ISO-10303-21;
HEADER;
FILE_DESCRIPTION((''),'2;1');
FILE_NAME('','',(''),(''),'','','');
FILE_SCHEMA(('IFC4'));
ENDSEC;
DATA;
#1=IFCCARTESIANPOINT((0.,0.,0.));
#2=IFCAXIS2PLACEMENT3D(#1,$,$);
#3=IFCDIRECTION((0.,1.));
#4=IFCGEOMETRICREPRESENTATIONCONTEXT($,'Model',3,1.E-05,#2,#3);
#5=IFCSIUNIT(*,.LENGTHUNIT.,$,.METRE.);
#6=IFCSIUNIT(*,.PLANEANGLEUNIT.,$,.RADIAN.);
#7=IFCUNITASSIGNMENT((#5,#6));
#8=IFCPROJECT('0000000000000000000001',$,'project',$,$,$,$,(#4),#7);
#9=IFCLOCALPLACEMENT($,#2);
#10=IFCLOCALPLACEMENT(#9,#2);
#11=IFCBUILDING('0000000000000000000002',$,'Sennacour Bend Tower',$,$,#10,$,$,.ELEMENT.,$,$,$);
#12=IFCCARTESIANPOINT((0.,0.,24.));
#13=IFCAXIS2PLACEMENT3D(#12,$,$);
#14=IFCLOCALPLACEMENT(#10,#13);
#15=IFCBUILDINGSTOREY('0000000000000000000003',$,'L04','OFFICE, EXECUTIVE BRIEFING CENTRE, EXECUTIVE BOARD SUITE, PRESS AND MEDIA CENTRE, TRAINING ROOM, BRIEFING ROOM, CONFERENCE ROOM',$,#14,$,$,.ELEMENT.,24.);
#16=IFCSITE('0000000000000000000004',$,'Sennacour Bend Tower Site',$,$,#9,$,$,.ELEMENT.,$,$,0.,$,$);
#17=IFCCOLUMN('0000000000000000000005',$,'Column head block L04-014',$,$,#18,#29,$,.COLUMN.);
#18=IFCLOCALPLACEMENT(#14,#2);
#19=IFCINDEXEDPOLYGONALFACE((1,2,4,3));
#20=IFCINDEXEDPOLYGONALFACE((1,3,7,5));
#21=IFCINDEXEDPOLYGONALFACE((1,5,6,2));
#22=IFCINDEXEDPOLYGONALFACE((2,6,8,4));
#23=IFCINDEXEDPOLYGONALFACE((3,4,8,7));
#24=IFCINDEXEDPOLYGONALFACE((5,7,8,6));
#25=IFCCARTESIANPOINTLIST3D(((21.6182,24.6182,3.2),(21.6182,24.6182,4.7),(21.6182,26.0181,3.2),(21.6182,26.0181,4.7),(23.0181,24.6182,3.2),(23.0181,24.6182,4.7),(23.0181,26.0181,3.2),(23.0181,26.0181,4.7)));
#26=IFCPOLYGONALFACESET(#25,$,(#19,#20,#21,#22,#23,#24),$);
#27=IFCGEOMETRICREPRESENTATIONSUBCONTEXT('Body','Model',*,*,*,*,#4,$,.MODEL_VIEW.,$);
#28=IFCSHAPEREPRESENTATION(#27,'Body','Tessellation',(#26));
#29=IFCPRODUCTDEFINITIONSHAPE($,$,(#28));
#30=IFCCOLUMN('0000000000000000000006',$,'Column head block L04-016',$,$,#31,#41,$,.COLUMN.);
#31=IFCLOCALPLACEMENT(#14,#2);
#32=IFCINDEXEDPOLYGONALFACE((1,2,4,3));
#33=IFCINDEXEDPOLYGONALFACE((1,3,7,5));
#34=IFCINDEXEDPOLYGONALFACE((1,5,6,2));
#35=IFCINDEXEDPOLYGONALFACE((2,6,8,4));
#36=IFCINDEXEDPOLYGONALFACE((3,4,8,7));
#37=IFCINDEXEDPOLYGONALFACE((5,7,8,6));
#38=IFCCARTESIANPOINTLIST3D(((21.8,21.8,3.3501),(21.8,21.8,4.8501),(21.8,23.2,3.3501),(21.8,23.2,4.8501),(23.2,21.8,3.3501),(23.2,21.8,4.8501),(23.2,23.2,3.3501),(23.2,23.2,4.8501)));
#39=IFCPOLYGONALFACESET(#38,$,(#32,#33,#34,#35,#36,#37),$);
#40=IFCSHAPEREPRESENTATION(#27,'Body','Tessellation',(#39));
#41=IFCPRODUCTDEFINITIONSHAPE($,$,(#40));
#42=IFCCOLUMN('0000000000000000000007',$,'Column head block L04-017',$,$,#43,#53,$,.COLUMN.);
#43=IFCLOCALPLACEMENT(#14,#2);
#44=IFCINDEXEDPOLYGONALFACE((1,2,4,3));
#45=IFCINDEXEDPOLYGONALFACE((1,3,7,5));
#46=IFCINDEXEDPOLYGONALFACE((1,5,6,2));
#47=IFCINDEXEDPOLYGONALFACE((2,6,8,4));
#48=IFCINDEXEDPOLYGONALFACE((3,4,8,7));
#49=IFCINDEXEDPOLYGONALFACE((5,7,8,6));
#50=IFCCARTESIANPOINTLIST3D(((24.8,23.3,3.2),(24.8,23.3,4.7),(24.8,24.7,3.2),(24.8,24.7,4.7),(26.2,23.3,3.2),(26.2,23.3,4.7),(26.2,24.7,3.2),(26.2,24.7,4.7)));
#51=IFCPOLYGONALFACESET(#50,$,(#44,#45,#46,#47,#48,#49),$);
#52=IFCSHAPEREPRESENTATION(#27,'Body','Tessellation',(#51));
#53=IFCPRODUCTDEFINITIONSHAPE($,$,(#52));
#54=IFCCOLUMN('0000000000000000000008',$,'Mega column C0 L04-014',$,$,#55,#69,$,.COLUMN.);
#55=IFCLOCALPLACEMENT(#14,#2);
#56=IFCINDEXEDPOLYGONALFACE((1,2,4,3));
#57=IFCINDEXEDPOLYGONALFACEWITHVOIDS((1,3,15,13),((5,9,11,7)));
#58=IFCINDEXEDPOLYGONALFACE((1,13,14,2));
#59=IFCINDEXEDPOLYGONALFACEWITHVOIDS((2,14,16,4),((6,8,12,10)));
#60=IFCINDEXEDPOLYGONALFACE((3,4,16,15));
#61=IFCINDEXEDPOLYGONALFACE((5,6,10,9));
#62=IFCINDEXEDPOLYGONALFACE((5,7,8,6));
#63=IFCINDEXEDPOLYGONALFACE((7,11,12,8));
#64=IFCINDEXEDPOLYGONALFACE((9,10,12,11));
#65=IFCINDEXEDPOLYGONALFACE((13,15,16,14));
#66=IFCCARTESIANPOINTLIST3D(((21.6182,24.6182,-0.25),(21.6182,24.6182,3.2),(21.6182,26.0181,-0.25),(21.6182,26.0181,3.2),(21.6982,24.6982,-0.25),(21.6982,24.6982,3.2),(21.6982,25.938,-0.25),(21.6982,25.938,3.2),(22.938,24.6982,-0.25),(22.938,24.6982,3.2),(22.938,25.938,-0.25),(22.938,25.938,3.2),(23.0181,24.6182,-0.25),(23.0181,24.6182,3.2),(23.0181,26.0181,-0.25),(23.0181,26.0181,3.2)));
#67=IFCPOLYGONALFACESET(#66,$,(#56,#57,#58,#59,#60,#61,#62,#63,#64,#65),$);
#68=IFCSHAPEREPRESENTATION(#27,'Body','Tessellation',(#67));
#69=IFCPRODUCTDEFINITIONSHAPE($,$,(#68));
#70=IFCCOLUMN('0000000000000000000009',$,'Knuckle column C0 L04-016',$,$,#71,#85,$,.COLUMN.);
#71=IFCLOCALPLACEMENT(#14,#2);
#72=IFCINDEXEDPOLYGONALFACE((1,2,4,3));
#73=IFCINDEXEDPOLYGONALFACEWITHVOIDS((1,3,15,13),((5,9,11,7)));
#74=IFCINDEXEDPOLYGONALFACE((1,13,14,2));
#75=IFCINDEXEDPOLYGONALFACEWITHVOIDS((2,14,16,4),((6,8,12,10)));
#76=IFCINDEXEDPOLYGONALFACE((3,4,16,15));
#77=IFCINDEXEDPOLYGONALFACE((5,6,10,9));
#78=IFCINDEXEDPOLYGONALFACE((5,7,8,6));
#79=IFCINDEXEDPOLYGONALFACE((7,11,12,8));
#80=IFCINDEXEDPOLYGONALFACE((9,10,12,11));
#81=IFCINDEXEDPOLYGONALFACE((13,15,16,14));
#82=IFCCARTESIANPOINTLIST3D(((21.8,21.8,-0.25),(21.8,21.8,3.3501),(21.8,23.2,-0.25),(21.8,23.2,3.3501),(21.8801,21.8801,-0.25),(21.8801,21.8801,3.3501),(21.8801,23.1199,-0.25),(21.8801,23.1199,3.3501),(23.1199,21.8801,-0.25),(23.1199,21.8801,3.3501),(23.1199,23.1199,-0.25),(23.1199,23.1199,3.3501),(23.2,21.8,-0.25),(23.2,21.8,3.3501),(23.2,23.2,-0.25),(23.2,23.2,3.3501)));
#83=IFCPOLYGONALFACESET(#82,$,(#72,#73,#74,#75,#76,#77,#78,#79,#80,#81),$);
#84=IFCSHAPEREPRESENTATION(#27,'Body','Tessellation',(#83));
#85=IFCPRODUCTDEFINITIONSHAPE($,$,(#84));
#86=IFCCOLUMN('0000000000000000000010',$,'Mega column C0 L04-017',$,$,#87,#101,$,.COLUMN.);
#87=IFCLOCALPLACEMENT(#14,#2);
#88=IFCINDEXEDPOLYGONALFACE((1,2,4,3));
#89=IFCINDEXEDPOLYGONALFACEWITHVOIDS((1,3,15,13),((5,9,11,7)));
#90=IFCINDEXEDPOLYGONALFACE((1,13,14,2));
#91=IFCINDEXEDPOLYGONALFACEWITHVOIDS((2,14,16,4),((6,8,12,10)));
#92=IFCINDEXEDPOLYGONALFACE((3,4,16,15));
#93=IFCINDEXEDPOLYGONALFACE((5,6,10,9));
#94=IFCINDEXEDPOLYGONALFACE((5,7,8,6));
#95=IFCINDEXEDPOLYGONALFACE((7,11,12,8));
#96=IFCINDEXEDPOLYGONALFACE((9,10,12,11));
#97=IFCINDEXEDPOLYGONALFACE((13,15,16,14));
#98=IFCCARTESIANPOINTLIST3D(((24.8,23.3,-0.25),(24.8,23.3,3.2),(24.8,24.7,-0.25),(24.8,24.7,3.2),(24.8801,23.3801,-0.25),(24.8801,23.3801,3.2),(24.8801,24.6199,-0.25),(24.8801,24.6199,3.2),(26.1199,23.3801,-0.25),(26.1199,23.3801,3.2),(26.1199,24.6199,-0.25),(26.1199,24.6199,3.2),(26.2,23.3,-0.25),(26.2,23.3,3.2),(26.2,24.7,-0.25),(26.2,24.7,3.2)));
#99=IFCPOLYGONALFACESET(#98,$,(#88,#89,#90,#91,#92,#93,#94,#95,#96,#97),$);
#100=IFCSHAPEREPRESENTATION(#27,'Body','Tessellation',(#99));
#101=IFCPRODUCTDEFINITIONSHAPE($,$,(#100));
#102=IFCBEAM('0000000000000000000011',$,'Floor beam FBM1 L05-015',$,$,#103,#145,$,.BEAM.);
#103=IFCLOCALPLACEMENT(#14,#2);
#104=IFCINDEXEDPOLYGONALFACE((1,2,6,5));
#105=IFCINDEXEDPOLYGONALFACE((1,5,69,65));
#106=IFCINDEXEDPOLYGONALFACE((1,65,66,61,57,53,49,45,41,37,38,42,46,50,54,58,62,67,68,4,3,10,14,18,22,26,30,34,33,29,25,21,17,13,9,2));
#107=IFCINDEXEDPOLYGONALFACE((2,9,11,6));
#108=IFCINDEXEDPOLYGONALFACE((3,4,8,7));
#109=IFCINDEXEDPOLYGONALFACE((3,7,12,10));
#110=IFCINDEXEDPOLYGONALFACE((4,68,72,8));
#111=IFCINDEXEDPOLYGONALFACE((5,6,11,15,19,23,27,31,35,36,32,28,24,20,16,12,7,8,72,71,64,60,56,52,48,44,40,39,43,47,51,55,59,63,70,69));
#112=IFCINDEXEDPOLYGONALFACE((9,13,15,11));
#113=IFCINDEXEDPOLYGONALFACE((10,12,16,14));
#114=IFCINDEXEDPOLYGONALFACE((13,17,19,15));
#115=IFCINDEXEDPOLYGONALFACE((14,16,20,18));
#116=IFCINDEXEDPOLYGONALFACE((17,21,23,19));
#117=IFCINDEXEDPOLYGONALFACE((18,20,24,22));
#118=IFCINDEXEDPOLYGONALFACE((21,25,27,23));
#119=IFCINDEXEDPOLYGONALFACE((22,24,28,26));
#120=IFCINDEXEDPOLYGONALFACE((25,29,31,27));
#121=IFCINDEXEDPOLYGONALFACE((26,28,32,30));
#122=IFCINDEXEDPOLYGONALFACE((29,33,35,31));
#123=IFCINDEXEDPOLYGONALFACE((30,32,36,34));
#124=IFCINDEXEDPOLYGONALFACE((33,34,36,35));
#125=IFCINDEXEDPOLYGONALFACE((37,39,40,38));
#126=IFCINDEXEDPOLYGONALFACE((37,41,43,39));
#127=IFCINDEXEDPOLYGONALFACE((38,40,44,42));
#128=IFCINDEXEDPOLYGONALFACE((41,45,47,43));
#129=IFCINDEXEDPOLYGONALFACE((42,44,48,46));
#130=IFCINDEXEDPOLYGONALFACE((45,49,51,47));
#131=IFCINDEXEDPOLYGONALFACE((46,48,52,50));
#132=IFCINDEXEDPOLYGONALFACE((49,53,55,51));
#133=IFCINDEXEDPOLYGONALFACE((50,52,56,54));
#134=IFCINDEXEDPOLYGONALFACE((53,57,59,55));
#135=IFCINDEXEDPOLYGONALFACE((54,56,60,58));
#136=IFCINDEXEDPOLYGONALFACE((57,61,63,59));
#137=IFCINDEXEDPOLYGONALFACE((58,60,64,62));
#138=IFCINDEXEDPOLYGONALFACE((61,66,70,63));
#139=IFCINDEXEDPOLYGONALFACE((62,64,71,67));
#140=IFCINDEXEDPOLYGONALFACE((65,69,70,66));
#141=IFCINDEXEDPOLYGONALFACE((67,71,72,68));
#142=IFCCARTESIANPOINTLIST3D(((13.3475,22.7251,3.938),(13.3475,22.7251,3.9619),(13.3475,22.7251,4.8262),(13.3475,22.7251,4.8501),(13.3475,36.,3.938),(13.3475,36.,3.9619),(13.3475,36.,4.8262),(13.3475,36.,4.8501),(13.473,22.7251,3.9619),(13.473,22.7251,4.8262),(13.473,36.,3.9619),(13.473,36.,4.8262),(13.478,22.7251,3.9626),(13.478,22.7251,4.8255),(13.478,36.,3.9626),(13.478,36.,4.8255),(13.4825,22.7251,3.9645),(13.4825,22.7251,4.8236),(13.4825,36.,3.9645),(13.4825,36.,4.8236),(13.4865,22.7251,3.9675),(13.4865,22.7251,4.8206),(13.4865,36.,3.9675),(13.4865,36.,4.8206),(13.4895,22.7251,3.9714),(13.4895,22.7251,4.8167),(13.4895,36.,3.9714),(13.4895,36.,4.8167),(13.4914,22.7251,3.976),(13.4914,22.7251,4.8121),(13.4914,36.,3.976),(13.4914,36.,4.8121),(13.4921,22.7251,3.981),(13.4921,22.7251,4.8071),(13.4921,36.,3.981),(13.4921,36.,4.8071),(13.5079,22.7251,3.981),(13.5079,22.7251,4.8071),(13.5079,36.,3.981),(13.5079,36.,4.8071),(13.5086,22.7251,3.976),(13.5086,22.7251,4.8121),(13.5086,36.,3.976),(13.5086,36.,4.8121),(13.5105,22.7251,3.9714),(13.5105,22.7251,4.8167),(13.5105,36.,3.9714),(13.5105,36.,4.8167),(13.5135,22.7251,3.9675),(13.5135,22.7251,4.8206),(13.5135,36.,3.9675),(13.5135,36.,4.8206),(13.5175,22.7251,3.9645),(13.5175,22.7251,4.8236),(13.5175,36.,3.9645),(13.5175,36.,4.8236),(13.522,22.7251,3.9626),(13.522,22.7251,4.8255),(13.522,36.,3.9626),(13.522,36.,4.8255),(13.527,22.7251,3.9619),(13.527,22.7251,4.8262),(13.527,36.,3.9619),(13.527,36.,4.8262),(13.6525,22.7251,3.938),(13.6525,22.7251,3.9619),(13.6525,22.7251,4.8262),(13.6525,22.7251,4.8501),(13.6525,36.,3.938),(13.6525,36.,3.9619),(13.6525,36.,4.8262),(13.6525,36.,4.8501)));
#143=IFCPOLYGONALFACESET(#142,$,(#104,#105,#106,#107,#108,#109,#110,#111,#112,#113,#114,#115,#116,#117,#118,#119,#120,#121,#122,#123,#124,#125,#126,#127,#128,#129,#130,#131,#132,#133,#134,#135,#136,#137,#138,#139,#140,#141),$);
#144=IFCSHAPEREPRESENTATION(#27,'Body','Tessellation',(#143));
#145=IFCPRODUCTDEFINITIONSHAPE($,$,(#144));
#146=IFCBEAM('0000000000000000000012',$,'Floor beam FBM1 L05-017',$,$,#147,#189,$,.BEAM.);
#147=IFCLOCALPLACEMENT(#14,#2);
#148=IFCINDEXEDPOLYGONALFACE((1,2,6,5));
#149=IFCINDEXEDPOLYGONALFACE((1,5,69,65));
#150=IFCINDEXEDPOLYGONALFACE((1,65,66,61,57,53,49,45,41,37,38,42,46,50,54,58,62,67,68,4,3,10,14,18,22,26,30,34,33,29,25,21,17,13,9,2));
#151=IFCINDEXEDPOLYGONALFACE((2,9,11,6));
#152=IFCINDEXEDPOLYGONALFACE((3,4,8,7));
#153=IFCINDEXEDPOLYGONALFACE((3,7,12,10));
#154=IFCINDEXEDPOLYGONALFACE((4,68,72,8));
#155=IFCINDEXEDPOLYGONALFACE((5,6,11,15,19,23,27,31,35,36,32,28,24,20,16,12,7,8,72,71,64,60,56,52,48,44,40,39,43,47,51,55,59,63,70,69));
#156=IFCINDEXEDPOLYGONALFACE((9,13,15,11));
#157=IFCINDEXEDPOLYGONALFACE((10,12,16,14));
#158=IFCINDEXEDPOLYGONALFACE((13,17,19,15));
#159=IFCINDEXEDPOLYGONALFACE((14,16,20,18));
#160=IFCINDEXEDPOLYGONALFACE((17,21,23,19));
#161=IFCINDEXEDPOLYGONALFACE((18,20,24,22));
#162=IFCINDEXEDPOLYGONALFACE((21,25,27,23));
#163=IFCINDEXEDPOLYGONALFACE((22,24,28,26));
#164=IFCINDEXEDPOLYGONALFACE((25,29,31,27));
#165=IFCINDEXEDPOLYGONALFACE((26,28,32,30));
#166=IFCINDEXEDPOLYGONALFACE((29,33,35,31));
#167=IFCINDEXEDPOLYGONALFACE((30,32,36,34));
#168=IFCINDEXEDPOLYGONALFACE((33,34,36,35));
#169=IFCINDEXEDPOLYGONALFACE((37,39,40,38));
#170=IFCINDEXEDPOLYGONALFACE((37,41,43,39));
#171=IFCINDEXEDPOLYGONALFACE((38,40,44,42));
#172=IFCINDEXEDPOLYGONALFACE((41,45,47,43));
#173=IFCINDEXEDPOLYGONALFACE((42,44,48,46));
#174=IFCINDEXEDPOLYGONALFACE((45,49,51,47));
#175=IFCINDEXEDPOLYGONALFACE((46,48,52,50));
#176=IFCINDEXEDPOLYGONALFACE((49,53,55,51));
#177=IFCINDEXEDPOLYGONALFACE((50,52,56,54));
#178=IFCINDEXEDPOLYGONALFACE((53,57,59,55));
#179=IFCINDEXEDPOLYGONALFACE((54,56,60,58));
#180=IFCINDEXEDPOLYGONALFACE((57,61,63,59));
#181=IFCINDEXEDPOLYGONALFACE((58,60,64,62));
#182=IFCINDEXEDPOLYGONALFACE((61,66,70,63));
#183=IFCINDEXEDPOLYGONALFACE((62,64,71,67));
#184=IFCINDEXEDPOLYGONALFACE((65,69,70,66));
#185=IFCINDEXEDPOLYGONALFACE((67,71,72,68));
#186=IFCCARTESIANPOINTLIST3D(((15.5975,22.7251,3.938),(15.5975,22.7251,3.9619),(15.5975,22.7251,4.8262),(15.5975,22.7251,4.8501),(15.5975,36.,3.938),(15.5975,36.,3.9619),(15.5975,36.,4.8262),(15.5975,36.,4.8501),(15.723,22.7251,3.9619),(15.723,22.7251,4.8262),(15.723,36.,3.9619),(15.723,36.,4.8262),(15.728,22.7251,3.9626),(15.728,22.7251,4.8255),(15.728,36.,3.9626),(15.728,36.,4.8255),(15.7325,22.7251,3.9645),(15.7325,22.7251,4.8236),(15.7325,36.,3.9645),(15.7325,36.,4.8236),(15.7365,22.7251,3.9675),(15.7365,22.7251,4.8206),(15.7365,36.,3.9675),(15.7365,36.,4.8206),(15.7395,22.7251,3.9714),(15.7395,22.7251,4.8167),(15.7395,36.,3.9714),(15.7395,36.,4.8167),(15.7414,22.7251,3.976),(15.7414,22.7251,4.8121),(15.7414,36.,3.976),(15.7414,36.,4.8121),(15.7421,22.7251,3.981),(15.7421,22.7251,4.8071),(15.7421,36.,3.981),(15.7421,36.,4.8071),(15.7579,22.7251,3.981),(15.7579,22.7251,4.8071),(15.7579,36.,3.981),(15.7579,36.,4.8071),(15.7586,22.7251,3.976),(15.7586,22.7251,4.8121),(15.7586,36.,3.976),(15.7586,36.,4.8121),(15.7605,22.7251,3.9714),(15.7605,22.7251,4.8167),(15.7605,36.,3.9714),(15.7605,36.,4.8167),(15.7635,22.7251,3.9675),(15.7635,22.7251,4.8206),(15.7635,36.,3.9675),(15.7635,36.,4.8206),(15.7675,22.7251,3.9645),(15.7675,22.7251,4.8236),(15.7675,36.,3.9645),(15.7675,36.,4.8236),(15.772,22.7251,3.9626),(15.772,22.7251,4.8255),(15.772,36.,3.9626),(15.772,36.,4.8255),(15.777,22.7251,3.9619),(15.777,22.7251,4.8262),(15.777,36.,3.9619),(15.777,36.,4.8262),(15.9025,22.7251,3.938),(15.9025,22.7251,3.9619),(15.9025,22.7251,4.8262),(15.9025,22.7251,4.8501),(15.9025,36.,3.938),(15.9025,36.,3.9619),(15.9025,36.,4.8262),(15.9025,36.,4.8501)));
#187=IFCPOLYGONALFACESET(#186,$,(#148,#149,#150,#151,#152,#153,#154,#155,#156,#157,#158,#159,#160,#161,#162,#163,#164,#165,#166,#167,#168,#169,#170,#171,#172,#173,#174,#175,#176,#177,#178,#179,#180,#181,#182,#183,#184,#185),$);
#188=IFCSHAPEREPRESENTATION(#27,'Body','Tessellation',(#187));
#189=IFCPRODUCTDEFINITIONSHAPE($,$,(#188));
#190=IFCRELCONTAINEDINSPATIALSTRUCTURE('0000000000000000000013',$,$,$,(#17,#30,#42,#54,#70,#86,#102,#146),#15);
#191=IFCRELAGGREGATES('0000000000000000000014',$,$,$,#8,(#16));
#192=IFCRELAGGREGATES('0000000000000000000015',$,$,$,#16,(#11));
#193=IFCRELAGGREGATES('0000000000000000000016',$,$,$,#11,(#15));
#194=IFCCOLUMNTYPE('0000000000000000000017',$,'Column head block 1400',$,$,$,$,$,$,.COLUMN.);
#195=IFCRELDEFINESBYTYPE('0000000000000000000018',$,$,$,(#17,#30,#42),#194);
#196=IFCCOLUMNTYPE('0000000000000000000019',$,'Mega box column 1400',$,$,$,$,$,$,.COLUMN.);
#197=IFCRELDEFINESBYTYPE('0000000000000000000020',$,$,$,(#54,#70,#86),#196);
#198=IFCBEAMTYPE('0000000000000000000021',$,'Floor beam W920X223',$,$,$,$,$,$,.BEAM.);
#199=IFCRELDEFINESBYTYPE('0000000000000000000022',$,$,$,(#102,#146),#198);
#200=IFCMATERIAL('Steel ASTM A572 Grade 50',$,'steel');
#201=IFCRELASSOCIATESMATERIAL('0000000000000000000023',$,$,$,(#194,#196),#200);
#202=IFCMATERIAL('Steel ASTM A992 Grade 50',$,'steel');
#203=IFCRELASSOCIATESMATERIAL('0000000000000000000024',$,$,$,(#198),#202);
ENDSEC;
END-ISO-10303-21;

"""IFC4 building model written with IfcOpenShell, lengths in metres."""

from ifc_helpers import new_model, si_unit, direction, frame, origin, origin_2d, place, context, subcontext, project, spatial, rectangle, hollow_rectangle, i_section, extrude, material, material_profile, profile_set, type_object, element, save


model = new_model("IFC4")

# Units and contexts
model_context = context("Model", 3, precision=1e-05, world=origin(), true_north=direction((0.0, 1.0)))
body_context = subcontext(model_context, "Body", "Model", "MODEL_VIEW")
ifc_project = project(units=[si_unit("LENGTHUNIT", "METRE"), si_unit("PLANEANGLEUNIT", "RADIAN")], contexts=[model_context])

# Site, building, storey
site_placement = place(None, origin())
site = spatial("IfcSite", under=ifc_project, at=site_placement, Name="Sennacour Bend Tower Site", CompositionType="ELEMENT", RefElevation=0.0)
building_placement = place(site_placement, origin())
building = spatial("IfcBuilding", under=site, at=building_placement, Name="Sennacour Bend Tower", CompositionType="ELEMENT")
storey_placement = place(building_placement, frame((0.0, 0.0, 24.0)))
storey = spatial("IfcBuildingStorey", under=building, at=storey_placement, Name="L04", Description="OFFICE, EXECUTIVE BRIEFING CENTRE, EXECUTIVE BOARD SUITE, PRESS AND MEDIA CENTRE, TRAINING ROOM, BRIEFING ROOM, CONFERENCE ROOM", CompositionType="ELEMENT", Elevation=24.0)

# Columns
ifc_material_1 = material(Name="Steel ASTM A572 Grade 50", Category="steel")
ifc_material_profile_1 = material_profile(ifc_material_1, rectangle(XDim=1.3999, YDim=1.3999, at=origin_2d()), Name="Steel ASTM A572 Grade 50", Category="steel")
ifc_profile_set_1 = profile_set([ifc_material_profile_1], Name="Steel ASTM A572 Grade 50")
column_type_1 = type_object("IfcColumnType", Name="Column head block 1400", PredefinedType="COLUMN", material=ifc_profile_set_1)
for number, where, z_axis, x_axis, name in (
    (1, (22.3181, 25.3181, 3.2), (0.0, 0.0, 1.0), (1.0, 0.0, 0.0), "Column head block L04-014"),
    (2, (22.5, 22.5, 3.3501), (0.0, 0.0, 1.0), (1.0, 0.0, 0.0), "Column head block L04-016"),
    (3, (25.5, 24.0, 3.2), (0.0, 0.0, 1.0), (1.0, 0.0, 0.0), "Column head block L04-017"),
):
    element("IfcColumn", number, at=place(storey_placement, frame(where, z_axis=z_axis, x_axis=x_axis)), inside=storey, type_object=column_type_1, Name=name, PredefinedType="COLUMN", context=body_context, shape_type="SweptSolid", body=[
        extrude(rectangle(XDim=1.3999, YDim=1.3999, at=origin_2d()), origin(), (0.0, 0.0, 1.0), 1.5),
    ])
ifc_material_profile_2 = material_profile(ifc_material_1, hollow_rectangle(XDim=1.3999, YDim=1.3999, WallThickness=0.0801, at=origin_2d()), Name="Steel ASTM A572 Grade 50", Category="steel")
ifc_profile_set_2 = profile_set([ifc_material_profile_2], Name="Steel ASTM A572 Grade 50")
column_type_2 = type_object("IfcColumnType", Name="Mega box column 1400", PredefinedType="COLUMN", material=ifc_profile_set_2)
column_1_placement = place(storey_placement, frame((22.3181, 25.3181, -0.25), z_axis=(0.0, 0.0, 1.0), x_axis=(1.0, 0.0, 0.0)))
element("IfcColumn", 4, at=column_1_placement, inside=storey, type_object=column_type_2, Name="Mega column C0 L04-014", PredefinedType="COLUMN", context=body_context, shape_type="SweptSolid", body=[
    extrude(hollow_rectangle(XDim=1.3999, YDim=1.3999, WallThickness=0.0801, at=origin_2d()), origin(), (0.0, 0.0, 1.0), 3.45),
])
column_2_placement = place(storey_placement, frame((22.5, 22.5, -0.25), z_axis=(0.0, 0.0, 1.0), x_axis=(1.0, 0.0, 0.0)))
element("IfcColumn", 5, at=column_2_placement, inside=storey, type_object=column_type_2, Name="Knuckle column C0 L04-016", PredefinedType="COLUMN", context=body_context, shape_type="SweptSolid", body=[
    extrude(hollow_rectangle(XDim=1.3999, YDim=1.3999, WallThickness=0.0801, at=origin_2d()), origin(), (0.0, 0.0, 1.0), 3.6001),
])
column_3_placement = place(storey_placement, frame((25.5, 24.0, -0.25), z_axis=(0.0, 0.0, 1.0), x_axis=(1.0, 0.0, 0.0)))
element("IfcColumn", 6, at=column_3_placement, inside=storey, type_object=column_type_2, Name="Mega column C0 L04-017", PredefinedType="COLUMN", context=body_context, shape_type="SweptSolid", body=[
    extrude(hollow_rectangle(XDim=1.3999, YDim=1.3999, WallThickness=0.0801, at=origin_2d()), origin(), (0.0, 0.0, 1.0), 3.45),
])

# Beams
ifc_material_2 = material(Name="Steel ASTM A992 Grade 50", Category="steel")
ifc_material_profile_3 = material_profile(ifc_material_2, i_section(OverallWidth=0.3049, OverallDepth=0.9121, WebThickness=0.0159, FlangeThickness=0.0239, FilletRadius=0.019, at=origin_2d()), Name="Steel ASTM A992 Grade 50", Category="steel")
ifc_profile_set_3 = profile_set([ifc_material_profile_3], Name="Steel ASTM A992 Grade 50")
beam_type_1 = type_object("IfcBeamType", Name="Floor beam W920X223", PredefinedType="BEAM", material=ifc_profile_set_3)
for number, where, z_axis, x_axis, name in (
    (7, (13.5, 22.7251, 4.394), (0.0, 1.0, 0.0), (-1.0, 0.0, 0.0), "Floor beam FBM1 L05-015"),
    (8, (15.75, 22.7251, 4.394), (0.0, 1.0, 0.0), (-1.0, 0.0, 0.0), "Floor beam FBM1 L05-017"),
):
    element("IfcBeam", number, at=place(storey_placement, frame(where, z_axis=z_axis, x_axis=x_axis)), inside=storey, type_object=beam_type_1, Name=name, PredefinedType="BEAM", context=body_context, shape_type="SweptSolid", body=[
        extrude(i_section(OverallWidth=0.3049, OverallDepth=0.9121, WebThickness=0.0159, FlangeThickness=0.0239, FilletRadius=0.019, at=origin_2d()), origin(), (0.0, 0.0, 1.0), 13.2749),
    ])

save(model, "model.ifc")
